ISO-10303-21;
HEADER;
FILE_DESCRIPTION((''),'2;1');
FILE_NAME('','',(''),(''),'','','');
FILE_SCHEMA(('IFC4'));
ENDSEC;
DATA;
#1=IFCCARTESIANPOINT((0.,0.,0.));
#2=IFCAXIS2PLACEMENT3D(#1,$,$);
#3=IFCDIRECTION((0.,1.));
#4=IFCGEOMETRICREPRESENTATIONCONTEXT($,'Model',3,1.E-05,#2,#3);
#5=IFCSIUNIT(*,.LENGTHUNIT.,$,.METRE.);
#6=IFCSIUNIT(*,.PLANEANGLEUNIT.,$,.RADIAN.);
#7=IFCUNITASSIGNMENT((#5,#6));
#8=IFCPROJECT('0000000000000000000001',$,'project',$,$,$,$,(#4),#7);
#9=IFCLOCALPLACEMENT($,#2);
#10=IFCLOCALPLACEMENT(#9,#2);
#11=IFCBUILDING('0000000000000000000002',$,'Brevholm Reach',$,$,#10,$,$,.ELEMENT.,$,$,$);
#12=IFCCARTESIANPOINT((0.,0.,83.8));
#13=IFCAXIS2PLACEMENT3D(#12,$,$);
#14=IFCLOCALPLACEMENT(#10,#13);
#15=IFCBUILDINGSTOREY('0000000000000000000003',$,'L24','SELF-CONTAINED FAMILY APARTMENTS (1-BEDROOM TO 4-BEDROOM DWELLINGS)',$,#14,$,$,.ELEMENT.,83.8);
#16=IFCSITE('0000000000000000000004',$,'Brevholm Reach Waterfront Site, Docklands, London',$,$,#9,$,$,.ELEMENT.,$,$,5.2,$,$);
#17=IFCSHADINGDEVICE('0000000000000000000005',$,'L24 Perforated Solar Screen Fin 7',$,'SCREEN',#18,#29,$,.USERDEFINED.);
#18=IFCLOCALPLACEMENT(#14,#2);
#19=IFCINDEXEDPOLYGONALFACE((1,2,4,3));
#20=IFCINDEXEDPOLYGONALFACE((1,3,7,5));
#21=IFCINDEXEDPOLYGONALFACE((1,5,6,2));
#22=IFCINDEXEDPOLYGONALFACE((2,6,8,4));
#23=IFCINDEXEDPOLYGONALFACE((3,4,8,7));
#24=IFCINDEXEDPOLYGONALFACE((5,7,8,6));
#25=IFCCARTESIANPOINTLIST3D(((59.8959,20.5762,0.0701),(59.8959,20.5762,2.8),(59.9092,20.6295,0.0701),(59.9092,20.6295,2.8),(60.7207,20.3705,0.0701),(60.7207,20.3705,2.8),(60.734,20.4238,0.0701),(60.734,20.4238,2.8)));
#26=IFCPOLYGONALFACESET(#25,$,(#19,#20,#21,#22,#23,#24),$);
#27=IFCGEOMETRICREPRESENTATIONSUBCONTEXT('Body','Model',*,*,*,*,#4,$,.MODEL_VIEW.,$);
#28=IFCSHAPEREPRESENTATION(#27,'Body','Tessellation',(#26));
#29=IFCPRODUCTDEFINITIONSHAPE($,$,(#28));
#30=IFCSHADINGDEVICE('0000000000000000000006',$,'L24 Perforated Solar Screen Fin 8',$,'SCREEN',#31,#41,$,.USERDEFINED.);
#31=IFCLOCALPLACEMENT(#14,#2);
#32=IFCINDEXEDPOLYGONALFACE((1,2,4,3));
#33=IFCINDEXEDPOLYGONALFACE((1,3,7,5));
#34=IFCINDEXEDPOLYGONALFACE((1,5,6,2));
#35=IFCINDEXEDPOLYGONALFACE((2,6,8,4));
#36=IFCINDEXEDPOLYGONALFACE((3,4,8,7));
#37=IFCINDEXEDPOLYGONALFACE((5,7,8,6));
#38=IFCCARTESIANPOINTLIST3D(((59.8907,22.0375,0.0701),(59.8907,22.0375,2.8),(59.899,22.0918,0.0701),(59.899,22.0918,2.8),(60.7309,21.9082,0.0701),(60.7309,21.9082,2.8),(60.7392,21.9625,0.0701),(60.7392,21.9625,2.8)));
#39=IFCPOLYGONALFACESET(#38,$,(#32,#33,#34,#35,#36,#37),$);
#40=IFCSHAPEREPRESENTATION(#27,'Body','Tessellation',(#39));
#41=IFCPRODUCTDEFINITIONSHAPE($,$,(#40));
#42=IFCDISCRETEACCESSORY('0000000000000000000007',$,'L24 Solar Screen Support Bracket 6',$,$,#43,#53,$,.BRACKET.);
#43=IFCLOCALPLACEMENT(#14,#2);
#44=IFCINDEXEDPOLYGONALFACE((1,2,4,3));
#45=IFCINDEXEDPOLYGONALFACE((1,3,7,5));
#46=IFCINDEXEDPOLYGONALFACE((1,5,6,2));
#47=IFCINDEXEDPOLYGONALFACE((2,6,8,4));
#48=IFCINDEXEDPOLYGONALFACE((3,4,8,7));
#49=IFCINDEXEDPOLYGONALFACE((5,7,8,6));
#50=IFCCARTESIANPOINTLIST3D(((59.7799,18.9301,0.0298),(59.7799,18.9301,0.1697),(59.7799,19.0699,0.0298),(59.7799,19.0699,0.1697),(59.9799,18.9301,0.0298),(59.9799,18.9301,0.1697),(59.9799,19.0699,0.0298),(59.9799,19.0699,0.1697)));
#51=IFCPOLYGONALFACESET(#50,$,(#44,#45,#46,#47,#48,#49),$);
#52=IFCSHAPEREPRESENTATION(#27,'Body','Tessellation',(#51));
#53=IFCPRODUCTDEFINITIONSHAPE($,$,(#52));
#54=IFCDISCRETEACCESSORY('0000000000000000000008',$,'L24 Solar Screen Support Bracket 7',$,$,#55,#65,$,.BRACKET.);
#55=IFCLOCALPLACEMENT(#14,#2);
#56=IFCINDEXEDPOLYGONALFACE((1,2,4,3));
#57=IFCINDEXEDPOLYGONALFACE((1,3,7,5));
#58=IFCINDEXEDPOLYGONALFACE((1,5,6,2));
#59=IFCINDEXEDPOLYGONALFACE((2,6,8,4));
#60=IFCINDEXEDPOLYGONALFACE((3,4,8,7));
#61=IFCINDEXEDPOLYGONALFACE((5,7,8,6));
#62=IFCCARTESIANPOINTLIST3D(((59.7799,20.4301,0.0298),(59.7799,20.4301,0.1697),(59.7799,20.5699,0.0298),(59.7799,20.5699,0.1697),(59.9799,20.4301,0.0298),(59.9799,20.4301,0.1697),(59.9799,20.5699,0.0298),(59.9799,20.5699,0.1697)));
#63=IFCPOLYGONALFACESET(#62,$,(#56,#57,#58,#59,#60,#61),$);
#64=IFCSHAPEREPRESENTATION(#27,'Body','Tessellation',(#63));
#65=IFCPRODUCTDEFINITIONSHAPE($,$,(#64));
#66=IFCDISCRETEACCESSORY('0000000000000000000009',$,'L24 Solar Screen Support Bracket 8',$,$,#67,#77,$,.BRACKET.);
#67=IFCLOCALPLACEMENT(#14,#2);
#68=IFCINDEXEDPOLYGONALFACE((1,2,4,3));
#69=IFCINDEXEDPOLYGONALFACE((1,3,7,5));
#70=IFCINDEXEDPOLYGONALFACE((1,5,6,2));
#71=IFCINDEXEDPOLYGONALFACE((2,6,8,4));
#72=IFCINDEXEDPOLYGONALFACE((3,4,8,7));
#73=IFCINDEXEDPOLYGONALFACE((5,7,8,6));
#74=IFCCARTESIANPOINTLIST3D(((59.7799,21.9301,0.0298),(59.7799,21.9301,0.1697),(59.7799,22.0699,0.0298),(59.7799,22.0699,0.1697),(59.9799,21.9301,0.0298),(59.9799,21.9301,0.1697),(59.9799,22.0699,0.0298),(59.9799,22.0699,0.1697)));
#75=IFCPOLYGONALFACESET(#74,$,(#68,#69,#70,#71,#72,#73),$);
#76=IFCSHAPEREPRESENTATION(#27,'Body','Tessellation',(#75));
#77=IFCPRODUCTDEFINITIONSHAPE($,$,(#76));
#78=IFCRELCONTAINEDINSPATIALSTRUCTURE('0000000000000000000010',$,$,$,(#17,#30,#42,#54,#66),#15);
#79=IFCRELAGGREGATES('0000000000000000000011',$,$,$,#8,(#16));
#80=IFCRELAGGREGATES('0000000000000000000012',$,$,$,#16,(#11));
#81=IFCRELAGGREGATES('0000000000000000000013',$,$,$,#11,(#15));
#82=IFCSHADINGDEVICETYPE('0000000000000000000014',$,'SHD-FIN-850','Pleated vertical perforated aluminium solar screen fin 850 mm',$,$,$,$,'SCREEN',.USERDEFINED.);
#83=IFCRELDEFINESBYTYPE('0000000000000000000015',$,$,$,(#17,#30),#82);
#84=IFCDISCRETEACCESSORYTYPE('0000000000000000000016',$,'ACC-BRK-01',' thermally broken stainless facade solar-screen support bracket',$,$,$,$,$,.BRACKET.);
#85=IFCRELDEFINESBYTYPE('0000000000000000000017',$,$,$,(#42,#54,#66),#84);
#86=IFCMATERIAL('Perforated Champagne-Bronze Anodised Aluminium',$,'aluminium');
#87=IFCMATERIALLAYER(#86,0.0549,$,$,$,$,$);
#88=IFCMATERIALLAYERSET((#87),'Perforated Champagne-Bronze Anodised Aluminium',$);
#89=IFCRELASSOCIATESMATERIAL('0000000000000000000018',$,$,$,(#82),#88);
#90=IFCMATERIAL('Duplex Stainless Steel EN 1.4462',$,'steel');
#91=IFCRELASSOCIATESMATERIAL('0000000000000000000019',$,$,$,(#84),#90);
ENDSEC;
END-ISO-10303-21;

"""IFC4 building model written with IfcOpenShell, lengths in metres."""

from ifc_helpers import new_model, si_unit, direction, frame, origin, origin_2d, place, context, subcontext, project, spatial, rectangle, extrude, material, layer, layer_set, type_object, element, save


model = new_model("IFC4")

# Units and contexts
model_context = context("Model", 3, precision=1e-05, world=origin(), true_north=direction((0.0, 1.0)))
body_context = subcontext(model_context, "Body", "Model", "MODEL_VIEW")
ifc_project = project(units=[si_unit("LENGTHUNIT", "METRE"), si_unit("PLANEANGLEUNIT", "RADIAN")], contexts=[model_context])

# Site, building, storey
site_placement = place(None, origin())
site = spatial("IfcSite", under=ifc_project, at=site_placement, Name="Brevholm Reach Waterfront Site, Docklands, London", CompositionType="ELEMENT", RefElevation=5.2)
building_placement = place(site_placement, origin())
building = spatial("IfcBuilding", under=site, at=building_placement, Name="Brevholm Reach", CompositionType="ELEMENT")
storey_placement = place(building_placement, frame((0.0, 0.0, 83.8)))
storey = spatial("IfcBuildingStorey", under=building, at=storey_placement, Name="L24", Description="SELF-CONTAINED FAMILY APARTMENTS (1-BEDROOM TO 4-BEDROOM DWELLINGS)", CompositionType="ELEMENT", Elevation=83.8)

# Shading devices
ifc_material_1 = material(Name="Perforated Champagne-Bronze Anodised Aluminium", Category="aluminium")
ifc_layer_1 = layer(ifc_material_1, 0.0549)
ifc_layer_set_1 = layer_set([ifc_layer_1], Name="Perforated Champagne-Bronze Anodised Aluminium")
shading_device_type = type_object("IfcShadingDeviceType", Name="SHD-FIN-850", Description="Pleated vertical perforated aluminium solar screen fin 850 mm", ElementType="SCREEN", PredefinedType="USERDEFINED", material=ifc_layer_set_1)
for number, where, z_axis, x_axis, name in (
    (1, (60.3149, 20.5, 0.0701), (0.0, 0.0, 1.0), (0.970296, -0.241922, 0.0), "L24 Perforated Solar Screen Fin 7"),
    (2, (60.3149, 22.0, 0.0701), (0.0, 0.0, 1.0), (0.988372, -0.152054, 0.0), "L24 Perforated Solar Screen Fin 8"),
):
    element("IfcShadingDevice", number, at=place(storey_placement, frame(where, z_axis=z_axis, x_axis=x_axis)), inside=storey, type_object=shading_device_type, Name=name, ObjectType="SCREEN", PredefinedType="USERDEFINED", context=body_context, shape_type="SweptSolid", body=[
        extrude(rectangle(XDim=0.8501, YDim=0.0549, at=origin_2d()), origin(), (0.0, 0.0, 1.0), 2.73),
    ])

# Discrete accessories
ifc_material_2 = material(Name="Duplex Stainless Steel EN 1.4462", Category="steel")
discrete_accessory_type = type_object("IfcDiscreteAccessoryType", Name="ACC-BRK-01", Description=" thermally broken stainless facade solar-screen support bracket", PredefinedType="BRACKET", material=ifc_material_2)
for number, where, z_axis, x_axis, name in (
    (3, (59.8799, 19.0, 0.0298), (0.0, 0.0, 1.0), (1.0, 0.0, 0.0), "L24 Solar Screen Support Bracket 6"),
    (4, (59.8799, 20.5, 0.0298), (0.0, 0.0, 1.0), (1.0, 0.0, 0.0), "L24 Solar Screen Support Bracket 7"),
    (5, (59.8799, 22.0, 0.0298), (0.0, 0.0, 1.0), (1.0, 0.0, 0.0), "L24 Solar Screen Support Bracket 8"),
):
    element("IfcDiscreteAccessory", number, at=place(storey_placement, frame(where, z_axis=z_axis, x_axis=x_axis)), inside=storey, type_object=discrete_accessory_type, Name=name, PredefinedType="BRACKET", context=body_context, shape_type="SweptSolid", body=[
        extrude(rectangle(XDim=0.2, YDim=0.1399, at=origin_2d()), origin(), (0.0, 0.0, 1.0), 0.1399),
    ])

save(model, "model.ifc")
